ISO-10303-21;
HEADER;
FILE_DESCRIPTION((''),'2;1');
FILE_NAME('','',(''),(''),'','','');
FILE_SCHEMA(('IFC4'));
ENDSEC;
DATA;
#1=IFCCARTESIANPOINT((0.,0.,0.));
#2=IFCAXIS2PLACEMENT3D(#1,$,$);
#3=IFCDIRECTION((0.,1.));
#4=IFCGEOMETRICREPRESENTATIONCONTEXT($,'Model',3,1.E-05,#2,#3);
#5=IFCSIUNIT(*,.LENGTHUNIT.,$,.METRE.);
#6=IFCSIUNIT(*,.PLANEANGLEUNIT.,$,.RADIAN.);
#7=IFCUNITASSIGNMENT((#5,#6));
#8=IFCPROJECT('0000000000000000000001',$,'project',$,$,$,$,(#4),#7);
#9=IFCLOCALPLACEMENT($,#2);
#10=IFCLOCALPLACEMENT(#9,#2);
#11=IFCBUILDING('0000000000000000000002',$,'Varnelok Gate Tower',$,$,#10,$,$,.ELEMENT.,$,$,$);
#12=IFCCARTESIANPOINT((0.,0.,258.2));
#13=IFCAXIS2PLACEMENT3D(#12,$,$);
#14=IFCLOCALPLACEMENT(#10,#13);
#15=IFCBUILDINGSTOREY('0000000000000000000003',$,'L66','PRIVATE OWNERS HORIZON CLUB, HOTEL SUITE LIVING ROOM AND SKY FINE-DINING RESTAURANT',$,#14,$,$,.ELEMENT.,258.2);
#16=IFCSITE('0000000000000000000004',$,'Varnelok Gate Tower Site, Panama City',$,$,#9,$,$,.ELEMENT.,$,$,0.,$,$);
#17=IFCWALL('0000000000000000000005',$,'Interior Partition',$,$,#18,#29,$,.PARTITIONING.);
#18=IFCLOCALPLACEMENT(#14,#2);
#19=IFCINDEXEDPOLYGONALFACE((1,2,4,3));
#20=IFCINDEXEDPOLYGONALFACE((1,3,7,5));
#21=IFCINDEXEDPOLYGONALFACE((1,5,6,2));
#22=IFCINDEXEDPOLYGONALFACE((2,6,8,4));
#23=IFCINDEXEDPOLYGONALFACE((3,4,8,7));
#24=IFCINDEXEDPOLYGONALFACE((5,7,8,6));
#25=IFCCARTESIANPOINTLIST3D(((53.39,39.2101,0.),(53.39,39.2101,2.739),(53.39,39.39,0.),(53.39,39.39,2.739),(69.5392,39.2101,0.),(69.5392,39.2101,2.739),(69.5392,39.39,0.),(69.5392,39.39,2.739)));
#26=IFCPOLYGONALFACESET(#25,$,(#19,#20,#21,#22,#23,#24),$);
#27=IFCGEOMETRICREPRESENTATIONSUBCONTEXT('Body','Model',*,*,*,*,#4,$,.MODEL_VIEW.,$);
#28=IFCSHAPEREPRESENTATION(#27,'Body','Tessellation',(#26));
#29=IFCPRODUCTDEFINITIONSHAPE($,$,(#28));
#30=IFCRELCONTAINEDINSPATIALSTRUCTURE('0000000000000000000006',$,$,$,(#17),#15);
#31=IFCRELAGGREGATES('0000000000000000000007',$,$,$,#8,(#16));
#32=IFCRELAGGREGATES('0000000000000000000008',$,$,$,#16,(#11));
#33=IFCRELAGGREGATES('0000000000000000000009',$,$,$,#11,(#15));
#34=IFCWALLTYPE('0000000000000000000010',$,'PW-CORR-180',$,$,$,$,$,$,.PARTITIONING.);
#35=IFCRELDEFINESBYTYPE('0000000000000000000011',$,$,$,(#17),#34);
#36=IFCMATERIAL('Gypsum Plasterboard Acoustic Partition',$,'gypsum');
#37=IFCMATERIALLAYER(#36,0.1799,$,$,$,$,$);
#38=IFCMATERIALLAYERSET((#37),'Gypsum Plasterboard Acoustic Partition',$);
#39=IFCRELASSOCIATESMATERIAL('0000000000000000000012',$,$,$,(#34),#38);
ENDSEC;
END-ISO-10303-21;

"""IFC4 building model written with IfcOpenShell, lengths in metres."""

from ifc_helpers import new_model, si_unit, direction, frame, frame_2d, origin, place, context, subcontext, project, spatial, rectangle, extrude, material, layer, layer_set, type_object, element, save


model = new_model("IFC4")

# Units and contexts
model_context = context("Model", 3, precision=1e-05, world=origin(), true_north=direction((0.0, 1.0)))
body_context = subcontext(model_context, "Body", "Model", "MODEL_VIEW")
ifc_project = project(units=[si_unit("LENGTHUNIT", "METRE"), si_unit("PLANEANGLEUNIT", "RADIAN")], contexts=[model_context])

# Site, building, storey
site_placement = place(None, origin())
site = spatial("IfcSite", under=ifc_project, at=site_placement, Name="Varnelok Gate Tower Site, Panama City", CompositionType="ELEMENT", RefElevation=0.0)
building_placement = place(site_placement, origin())
building = spatial("IfcBuilding", under=site, at=building_placement, Name="Varnelok Gate Tower", CompositionType="ELEMENT")
storey_placement = place(building_placement, frame((0.0, 0.0, 258.2)))
storey = spatial("IfcBuildingStorey", under=building, at=storey_placement, Name="L66", Description="PRIVATE OWNERS HORIZON CLUB, HOTEL SUITE LIVING ROOM AND SKY FINE-DINING RESTAURANT", CompositionType="ELEMENT", Elevation=258.2)

# Wall
ifc_material_1 = material(Name="Gypsum Plasterboard Acoustic Partition", Category="gypsum")
ifc_layer_1 = layer(ifc_material_1, 0.1799)
ifc_layer_set_1 = layer_set([ifc_layer_1], Name="Gypsum Plasterboard Acoustic Partition")
wall_type_1 = type_object("IfcWallType", Name="PW-CORR-180", PredefinedType="PARTITIONING", material=ifc_layer_set_1)
wall_1_placement = place(storey_placement, frame((53.3899, 39.3, 0.0), z_axis=(0.0, 0.0, 1.0), x_axis=(1.0, 0.0, 0.0)))
element("IfcWall", 1, at=wall_1_placement, inside=storey, type_object=wall_type_1, Name="Interior Partition", PredefinedType="PARTITIONING", context=body_context, shape_type="SweptSolid", body=[
    extrude(rectangle(XDim=16.1492, YDim=0.1799, at=frame_2d((8.0747, 0.0))), origin(), (0.0, 0.0, 1.0), 2.739),
])

save(model, "model.ifc")
